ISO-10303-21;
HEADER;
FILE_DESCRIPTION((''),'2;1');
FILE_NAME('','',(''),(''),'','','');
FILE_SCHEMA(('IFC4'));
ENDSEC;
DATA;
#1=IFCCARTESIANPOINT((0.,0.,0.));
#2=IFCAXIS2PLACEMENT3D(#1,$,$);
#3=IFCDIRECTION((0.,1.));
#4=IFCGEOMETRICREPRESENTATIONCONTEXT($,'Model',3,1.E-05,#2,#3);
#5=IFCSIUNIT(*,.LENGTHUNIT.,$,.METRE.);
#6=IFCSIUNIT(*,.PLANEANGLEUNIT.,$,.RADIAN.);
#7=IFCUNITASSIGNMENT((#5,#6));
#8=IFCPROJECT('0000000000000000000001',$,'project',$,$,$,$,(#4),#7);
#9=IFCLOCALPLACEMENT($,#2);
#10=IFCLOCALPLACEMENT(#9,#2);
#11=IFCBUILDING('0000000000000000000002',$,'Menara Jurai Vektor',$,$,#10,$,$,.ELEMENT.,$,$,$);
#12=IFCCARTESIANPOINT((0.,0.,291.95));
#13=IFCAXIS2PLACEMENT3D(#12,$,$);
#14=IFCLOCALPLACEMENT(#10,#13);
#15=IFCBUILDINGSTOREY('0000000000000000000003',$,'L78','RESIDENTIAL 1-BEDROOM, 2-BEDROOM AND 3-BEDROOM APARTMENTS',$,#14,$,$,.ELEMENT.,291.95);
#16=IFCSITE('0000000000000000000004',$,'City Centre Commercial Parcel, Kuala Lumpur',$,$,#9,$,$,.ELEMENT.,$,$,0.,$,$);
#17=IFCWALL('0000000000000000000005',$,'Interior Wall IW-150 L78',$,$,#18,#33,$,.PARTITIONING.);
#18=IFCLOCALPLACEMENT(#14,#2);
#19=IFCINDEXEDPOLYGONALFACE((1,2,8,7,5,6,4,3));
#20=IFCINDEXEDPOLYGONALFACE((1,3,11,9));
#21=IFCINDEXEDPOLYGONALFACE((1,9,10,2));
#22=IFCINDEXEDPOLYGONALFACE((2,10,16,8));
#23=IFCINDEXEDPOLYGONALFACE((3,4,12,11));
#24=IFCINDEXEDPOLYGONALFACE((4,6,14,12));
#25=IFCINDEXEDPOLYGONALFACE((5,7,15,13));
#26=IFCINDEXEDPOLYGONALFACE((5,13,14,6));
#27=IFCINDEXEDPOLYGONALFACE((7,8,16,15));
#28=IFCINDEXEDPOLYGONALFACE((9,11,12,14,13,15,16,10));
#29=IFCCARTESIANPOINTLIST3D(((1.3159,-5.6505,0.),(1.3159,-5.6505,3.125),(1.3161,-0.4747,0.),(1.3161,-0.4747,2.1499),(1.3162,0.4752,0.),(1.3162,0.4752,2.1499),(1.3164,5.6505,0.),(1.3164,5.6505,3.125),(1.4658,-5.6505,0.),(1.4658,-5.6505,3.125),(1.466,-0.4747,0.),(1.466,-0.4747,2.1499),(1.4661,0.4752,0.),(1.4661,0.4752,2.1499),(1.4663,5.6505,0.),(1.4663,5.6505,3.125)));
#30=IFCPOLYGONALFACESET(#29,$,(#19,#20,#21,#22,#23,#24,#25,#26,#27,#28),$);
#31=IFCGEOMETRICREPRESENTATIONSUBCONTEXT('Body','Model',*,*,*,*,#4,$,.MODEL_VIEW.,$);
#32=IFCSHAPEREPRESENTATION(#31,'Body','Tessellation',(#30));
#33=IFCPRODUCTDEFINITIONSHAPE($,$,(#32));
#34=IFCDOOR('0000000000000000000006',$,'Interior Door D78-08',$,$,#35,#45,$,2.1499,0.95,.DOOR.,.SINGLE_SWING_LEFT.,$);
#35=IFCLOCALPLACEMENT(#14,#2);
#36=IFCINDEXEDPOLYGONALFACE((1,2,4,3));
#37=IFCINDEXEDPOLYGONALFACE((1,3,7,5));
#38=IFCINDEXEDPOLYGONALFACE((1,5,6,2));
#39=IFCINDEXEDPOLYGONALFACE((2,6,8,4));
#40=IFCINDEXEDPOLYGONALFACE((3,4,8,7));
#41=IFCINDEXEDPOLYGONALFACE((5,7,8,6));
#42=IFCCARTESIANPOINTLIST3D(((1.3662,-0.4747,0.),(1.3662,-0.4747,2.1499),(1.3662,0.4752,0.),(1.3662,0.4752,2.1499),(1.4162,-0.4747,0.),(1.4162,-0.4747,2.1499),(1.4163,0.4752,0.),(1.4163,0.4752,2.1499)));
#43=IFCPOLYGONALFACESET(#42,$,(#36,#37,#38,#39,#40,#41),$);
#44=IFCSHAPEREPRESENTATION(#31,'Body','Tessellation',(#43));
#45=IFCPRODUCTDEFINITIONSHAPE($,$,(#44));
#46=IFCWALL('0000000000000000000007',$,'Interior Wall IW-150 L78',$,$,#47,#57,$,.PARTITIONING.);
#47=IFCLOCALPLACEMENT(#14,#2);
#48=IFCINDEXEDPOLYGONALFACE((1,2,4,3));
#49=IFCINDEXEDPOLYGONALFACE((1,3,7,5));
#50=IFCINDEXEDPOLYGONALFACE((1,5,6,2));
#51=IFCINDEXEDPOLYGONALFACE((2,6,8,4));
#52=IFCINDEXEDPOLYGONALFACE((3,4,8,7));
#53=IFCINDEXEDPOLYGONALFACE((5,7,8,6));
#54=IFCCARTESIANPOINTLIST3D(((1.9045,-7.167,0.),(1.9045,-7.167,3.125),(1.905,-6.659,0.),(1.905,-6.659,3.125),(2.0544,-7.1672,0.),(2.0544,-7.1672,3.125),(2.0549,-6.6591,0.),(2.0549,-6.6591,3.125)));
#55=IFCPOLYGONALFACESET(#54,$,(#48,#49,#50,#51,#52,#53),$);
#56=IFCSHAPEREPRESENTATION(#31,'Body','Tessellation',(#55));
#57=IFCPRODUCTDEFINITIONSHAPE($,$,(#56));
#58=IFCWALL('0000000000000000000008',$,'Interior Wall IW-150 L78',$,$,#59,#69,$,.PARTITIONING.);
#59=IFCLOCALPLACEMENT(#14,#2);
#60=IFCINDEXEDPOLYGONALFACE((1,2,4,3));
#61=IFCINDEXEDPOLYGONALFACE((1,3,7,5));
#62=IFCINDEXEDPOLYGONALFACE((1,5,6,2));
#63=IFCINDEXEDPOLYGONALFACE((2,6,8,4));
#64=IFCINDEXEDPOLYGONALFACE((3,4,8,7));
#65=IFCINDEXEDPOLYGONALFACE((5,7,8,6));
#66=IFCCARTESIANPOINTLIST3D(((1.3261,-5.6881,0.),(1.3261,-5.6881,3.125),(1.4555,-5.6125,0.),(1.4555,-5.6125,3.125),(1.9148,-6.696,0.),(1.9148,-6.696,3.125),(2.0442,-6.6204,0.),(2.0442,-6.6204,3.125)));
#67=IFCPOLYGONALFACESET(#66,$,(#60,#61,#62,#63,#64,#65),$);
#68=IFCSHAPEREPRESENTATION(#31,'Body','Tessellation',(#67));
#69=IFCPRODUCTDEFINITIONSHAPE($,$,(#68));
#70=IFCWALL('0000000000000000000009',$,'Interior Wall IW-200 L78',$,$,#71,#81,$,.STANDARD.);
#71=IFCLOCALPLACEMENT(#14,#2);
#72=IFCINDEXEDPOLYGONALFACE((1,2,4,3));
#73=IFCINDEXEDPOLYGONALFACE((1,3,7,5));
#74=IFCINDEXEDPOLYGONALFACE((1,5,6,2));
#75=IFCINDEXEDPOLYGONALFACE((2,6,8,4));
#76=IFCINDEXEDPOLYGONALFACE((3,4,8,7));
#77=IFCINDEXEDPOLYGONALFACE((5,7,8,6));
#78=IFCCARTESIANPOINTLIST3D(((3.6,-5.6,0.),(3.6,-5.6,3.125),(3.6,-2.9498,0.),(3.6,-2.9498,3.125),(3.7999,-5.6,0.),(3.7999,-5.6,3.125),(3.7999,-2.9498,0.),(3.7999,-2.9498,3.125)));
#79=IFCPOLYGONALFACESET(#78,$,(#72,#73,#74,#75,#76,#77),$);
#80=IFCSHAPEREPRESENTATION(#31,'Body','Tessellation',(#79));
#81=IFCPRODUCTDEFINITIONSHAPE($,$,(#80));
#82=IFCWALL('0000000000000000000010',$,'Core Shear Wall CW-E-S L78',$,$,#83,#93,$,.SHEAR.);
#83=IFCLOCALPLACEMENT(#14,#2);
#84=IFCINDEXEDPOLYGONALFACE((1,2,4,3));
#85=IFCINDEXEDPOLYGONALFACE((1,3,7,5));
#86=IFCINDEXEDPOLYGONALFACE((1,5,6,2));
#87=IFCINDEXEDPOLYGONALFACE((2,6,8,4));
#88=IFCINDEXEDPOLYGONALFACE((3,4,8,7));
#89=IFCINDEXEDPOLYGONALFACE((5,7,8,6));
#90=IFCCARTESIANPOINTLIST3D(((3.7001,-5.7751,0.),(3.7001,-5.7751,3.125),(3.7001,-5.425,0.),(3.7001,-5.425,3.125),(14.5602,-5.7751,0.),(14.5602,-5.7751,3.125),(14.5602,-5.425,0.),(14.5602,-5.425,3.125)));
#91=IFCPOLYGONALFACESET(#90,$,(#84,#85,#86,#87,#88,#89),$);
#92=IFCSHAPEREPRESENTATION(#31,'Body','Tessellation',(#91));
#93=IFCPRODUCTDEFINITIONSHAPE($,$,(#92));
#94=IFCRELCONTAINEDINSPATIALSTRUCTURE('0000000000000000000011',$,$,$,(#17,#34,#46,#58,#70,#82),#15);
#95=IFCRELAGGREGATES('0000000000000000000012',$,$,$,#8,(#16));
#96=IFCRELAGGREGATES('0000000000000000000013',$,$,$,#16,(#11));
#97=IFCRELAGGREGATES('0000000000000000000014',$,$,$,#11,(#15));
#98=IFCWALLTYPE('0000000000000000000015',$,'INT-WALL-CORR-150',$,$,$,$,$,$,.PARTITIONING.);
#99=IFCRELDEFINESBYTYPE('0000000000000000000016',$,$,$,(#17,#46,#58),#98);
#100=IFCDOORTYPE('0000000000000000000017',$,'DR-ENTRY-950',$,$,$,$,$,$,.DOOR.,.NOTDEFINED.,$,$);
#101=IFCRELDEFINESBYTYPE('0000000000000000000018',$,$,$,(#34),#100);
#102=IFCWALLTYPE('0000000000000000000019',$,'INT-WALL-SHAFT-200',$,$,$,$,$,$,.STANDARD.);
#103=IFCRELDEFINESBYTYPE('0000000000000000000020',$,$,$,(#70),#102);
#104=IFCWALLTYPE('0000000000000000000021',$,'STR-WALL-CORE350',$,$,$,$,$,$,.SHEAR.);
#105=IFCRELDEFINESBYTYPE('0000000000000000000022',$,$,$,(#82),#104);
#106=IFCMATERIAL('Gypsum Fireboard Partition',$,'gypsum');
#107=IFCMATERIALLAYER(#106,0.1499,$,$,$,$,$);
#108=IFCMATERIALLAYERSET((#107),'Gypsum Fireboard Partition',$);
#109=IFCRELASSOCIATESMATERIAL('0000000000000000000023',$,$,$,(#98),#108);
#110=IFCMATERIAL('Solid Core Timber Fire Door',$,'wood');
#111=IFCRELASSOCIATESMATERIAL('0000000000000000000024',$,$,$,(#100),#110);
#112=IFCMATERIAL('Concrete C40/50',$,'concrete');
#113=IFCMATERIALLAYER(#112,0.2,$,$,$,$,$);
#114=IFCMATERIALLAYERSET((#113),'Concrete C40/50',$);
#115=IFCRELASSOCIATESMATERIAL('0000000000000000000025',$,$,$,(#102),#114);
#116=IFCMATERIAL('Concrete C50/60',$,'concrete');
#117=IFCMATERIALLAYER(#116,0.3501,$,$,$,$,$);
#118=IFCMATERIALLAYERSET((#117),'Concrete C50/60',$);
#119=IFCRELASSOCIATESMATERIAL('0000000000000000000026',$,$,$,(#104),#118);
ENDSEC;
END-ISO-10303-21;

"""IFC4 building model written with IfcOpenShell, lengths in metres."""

from ifc_helpers import new_model, si_unit, direction, frame, frame_2d, origin, place, context, subcontext, project, spatial, rectangle, extrude, material, layer, layer_set, type_object, element, fill, save


model = new_model("IFC4")

# Units and contexts
model_context = context("Model", 3, precision=1e-05, world=origin(), true_north=direction((0.0, 1.0)))
body_context = subcontext(model_context, "Body", "Model", "MODEL_VIEW")
ifc_project = project(units=[si_unit("LENGTHUNIT", "METRE"), si_unit("PLANEANGLEUNIT", "RADIAN")], contexts=[model_context])

# Site, building, storey
site_placement = place(None, origin())
site = spatial("IfcSite", under=ifc_project, at=site_placement, Name="City Centre Commercial Parcel, Kuala Lumpur", CompositionType="ELEMENT", RefElevation=0.0)
building_placement = place(site_placement, origin())
building = spatial("IfcBuilding", under=site, at=building_placement, Name="Menara Jurai Vektor", CompositionType="ELEMENT")
storey_placement = place(building_placement, frame((0.0, 0.0, 291.95)))
storey = spatial("IfcBuildingStorey", under=building, at=storey_placement, Name="L78", Description="RESIDENTIAL 1-BEDROOM, 2-BEDROOM AND 3-BEDROOM APARTMENTS", CompositionType="ELEMENT", Elevation=291.95)

# Shared definitions
ifc_material_1 = material(Name="Concrete C50/60", Category="concrete")

# Shared definitions
ifc_material_2 = material(Name="Concrete C40/50", Category="concrete")

# Shared definitions
ifc_material_3 = material(Name="Gypsum Fireboard Partition", Category="gypsum")
ifc_layer_1 = layer(ifc_material_3, 0.1499)
ifc_layer_set_1 = layer_set([ifc_layer_1], Name="Gypsum Fireboard Partition")
wall_type_1 = type_object("IfcWallType", Name="INT-WALL-CORR-150", PredefinedType="PARTITIONING", material=ifc_layer_set_1)

# Wall, opening, door
wall_1_placement = place(storey_placement, frame((1.3909, -5.6504, 0.0), z_axis=(0.0, 0.0, 1.0), x_axis=(0.000043, 1.0, 0.0)))
wall_1 = element("IfcWall", 1, at=wall_1_placement, inside=storey, type_object=wall_type_1, Name="Interior Wall IW-150 L78", PredefinedType="PARTITIONING", context=body_context, shape_type="SweptSolid", body=[
    extrude(rectangle(XDim=11.301, YDim=0.1499, at=frame_2d((5.6504, 0.0))), origin(), (0.0, 0.0, 1.0), 3.125),
])
opening_1_placement = place(wall_1_placement, frame((5.1755, 0.0, 0.0)))
opening_1 = element("IfcOpeningElement", 2, at=opening_1_placement, cuts=wall_1, PredefinedType="OPENING", context=body_context, shape_type="SweptSolid", body=[
    extrude(rectangle(XDim=0.95, YDim=2.1499, at=frame_2d((0.4751, 1.075))), frame((0.0, 0.085, 0.0), z_axis=(0.0, -1.0, 0.0), x_axis=(1.0, 0.0, 0.0)), (0.0, 0.0, 1.0), 0.1699),
])
ifc_material_4 = material(Name="Solid Core Timber Fire Door", Category="wood")
door_type_1 = type_object("IfcDoorType", Name="DR-ENTRY-950", OperationType="NOTDEFINED", PredefinedType="DOOR", material=ifc_material_4)
door_1_placement = place(opening_1_placement, origin())
door_1 = element("IfcDoor", 3, at=door_1_placement, inside=storey, type_object=door_type_1, Name="Interior Door D78-08", OperationType="SINGLE_SWING_LEFT", OverallHeight=2.1499, OverallWidth=0.95, PredefinedType="DOOR", context=body_context, shape_type="SweptSolid", body=[
    extrude(rectangle(XDim=0.95, YDim=2.1499, at=frame_2d((0.4751, 1.075))), frame((0.0, 0.0249, 0.0), z_axis=(0.0, -1.0, 0.0), x_axis=(1.0, 0.0, 0.0)), (0.0, 0.0, 1.0), 0.05),
])
fill(opening_1, door_1)

# Walls
wall_2_placement = place(storey_placement, frame((1.9795, -7.167, 0.0), z_axis=(0.0, 0.0, 1.0), x_axis=(0.000961, 1.0, 0.0)))
element("IfcWall", 4, at=wall_2_placement, inside=storey, type_object=wall_type_1, Name="Interior Wall IW-150 L78", PredefinedType="PARTITIONING", context=body_context, shape_type="SweptSolid", body=[
    extrude(rectangle(XDim=0.5081, YDim=0.1499, at=frame_2d((0.2539, 0.0))), origin(), (0.0, 0.0, 1.0), 3.125),
])
wall_3_placement = place(storey_placement, frame((1.3909, -5.6504, 0.0), z_axis=(0.0, 0.0, 1.0), x_axis=(0.504339, -0.863506, 0.0)))
element("IfcWall", 5, at=wall_3_placement, inside=storey, type_object=wall_type_1, Name="Interior Wall IW-150 L78", PredefinedType="PARTITIONING", context=body_context, shape_type="SweptSolid", body=[
    extrude(rectangle(XDim=1.1672, YDim=0.1499, at=frame_2d((0.5835, 0.0))), origin(), (0.0, 0.0, 1.0), 3.125),
])

# Shared definitions
ifc_layer_2 = layer(ifc_material_2, 0.2)
ifc_layer_set_2 = layer_set([ifc_layer_2], Name="Concrete C40/50")
wall_type_2 = type_object("IfcWallType", Name="INT-WALL-SHAFT-200", PredefinedType="STANDARD", material=ifc_layer_set_2)

# Wall
wall_4_placement = place(storey_placement, frame((3.7, -5.6001, 0.0), z_axis=(0.0, 0.0, 1.0), x_axis=(0.0, 1.0, 0.0)))
element("IfcWall", 6, at=wall_4_placement, inside=storey, type_object=wall_type_2, Name="Interior Wall IW-200 L78", PredefinedType="STANDARD", context=body_context, shape_type="SweptSolid", body=[
    extrude(rectangle(XDim=2.6501, YDim=0.2, at=frame_2d((1.3252, 0.0))), origin(), (0.0, 0.0, 1.0), 3.125),
])

# Wall
ifc_layer_3 = layer(ifc_material_1, 0.3501)
ifc_layer_set_3 = layer_set([ifc_layer_3], Name="Concrete C50/60")
wall_type_3 = type_object("IfcWallType", Name="STR-WALL-CORE350", PredefinedType="SHEAR", material=ifc_layer_set_3)
wall_5_placement = place(storey_placement, frame((3.7, -5.6001, 0.0), z_axis=(0.0, 0.0, 1.0), x_axis=(1.0, 0.0, 0.0)))
element("IfcWall", 7, at=wall_5_placement, inside=storey, type_object=wall_type_3, Name="Core Shear Wall CW-E-S L78", PredefinedType="SHEAR", context=body_context, shape_type="SweptSolid", body=[
    extrude(rectangle(XDim=10.8601, YDim=0.3501, at=frame_2d((5.4302, 0.0))), origin(), (0.0, 0.0, 1.0), 3.125),
])

save(model, "model.ifc")
